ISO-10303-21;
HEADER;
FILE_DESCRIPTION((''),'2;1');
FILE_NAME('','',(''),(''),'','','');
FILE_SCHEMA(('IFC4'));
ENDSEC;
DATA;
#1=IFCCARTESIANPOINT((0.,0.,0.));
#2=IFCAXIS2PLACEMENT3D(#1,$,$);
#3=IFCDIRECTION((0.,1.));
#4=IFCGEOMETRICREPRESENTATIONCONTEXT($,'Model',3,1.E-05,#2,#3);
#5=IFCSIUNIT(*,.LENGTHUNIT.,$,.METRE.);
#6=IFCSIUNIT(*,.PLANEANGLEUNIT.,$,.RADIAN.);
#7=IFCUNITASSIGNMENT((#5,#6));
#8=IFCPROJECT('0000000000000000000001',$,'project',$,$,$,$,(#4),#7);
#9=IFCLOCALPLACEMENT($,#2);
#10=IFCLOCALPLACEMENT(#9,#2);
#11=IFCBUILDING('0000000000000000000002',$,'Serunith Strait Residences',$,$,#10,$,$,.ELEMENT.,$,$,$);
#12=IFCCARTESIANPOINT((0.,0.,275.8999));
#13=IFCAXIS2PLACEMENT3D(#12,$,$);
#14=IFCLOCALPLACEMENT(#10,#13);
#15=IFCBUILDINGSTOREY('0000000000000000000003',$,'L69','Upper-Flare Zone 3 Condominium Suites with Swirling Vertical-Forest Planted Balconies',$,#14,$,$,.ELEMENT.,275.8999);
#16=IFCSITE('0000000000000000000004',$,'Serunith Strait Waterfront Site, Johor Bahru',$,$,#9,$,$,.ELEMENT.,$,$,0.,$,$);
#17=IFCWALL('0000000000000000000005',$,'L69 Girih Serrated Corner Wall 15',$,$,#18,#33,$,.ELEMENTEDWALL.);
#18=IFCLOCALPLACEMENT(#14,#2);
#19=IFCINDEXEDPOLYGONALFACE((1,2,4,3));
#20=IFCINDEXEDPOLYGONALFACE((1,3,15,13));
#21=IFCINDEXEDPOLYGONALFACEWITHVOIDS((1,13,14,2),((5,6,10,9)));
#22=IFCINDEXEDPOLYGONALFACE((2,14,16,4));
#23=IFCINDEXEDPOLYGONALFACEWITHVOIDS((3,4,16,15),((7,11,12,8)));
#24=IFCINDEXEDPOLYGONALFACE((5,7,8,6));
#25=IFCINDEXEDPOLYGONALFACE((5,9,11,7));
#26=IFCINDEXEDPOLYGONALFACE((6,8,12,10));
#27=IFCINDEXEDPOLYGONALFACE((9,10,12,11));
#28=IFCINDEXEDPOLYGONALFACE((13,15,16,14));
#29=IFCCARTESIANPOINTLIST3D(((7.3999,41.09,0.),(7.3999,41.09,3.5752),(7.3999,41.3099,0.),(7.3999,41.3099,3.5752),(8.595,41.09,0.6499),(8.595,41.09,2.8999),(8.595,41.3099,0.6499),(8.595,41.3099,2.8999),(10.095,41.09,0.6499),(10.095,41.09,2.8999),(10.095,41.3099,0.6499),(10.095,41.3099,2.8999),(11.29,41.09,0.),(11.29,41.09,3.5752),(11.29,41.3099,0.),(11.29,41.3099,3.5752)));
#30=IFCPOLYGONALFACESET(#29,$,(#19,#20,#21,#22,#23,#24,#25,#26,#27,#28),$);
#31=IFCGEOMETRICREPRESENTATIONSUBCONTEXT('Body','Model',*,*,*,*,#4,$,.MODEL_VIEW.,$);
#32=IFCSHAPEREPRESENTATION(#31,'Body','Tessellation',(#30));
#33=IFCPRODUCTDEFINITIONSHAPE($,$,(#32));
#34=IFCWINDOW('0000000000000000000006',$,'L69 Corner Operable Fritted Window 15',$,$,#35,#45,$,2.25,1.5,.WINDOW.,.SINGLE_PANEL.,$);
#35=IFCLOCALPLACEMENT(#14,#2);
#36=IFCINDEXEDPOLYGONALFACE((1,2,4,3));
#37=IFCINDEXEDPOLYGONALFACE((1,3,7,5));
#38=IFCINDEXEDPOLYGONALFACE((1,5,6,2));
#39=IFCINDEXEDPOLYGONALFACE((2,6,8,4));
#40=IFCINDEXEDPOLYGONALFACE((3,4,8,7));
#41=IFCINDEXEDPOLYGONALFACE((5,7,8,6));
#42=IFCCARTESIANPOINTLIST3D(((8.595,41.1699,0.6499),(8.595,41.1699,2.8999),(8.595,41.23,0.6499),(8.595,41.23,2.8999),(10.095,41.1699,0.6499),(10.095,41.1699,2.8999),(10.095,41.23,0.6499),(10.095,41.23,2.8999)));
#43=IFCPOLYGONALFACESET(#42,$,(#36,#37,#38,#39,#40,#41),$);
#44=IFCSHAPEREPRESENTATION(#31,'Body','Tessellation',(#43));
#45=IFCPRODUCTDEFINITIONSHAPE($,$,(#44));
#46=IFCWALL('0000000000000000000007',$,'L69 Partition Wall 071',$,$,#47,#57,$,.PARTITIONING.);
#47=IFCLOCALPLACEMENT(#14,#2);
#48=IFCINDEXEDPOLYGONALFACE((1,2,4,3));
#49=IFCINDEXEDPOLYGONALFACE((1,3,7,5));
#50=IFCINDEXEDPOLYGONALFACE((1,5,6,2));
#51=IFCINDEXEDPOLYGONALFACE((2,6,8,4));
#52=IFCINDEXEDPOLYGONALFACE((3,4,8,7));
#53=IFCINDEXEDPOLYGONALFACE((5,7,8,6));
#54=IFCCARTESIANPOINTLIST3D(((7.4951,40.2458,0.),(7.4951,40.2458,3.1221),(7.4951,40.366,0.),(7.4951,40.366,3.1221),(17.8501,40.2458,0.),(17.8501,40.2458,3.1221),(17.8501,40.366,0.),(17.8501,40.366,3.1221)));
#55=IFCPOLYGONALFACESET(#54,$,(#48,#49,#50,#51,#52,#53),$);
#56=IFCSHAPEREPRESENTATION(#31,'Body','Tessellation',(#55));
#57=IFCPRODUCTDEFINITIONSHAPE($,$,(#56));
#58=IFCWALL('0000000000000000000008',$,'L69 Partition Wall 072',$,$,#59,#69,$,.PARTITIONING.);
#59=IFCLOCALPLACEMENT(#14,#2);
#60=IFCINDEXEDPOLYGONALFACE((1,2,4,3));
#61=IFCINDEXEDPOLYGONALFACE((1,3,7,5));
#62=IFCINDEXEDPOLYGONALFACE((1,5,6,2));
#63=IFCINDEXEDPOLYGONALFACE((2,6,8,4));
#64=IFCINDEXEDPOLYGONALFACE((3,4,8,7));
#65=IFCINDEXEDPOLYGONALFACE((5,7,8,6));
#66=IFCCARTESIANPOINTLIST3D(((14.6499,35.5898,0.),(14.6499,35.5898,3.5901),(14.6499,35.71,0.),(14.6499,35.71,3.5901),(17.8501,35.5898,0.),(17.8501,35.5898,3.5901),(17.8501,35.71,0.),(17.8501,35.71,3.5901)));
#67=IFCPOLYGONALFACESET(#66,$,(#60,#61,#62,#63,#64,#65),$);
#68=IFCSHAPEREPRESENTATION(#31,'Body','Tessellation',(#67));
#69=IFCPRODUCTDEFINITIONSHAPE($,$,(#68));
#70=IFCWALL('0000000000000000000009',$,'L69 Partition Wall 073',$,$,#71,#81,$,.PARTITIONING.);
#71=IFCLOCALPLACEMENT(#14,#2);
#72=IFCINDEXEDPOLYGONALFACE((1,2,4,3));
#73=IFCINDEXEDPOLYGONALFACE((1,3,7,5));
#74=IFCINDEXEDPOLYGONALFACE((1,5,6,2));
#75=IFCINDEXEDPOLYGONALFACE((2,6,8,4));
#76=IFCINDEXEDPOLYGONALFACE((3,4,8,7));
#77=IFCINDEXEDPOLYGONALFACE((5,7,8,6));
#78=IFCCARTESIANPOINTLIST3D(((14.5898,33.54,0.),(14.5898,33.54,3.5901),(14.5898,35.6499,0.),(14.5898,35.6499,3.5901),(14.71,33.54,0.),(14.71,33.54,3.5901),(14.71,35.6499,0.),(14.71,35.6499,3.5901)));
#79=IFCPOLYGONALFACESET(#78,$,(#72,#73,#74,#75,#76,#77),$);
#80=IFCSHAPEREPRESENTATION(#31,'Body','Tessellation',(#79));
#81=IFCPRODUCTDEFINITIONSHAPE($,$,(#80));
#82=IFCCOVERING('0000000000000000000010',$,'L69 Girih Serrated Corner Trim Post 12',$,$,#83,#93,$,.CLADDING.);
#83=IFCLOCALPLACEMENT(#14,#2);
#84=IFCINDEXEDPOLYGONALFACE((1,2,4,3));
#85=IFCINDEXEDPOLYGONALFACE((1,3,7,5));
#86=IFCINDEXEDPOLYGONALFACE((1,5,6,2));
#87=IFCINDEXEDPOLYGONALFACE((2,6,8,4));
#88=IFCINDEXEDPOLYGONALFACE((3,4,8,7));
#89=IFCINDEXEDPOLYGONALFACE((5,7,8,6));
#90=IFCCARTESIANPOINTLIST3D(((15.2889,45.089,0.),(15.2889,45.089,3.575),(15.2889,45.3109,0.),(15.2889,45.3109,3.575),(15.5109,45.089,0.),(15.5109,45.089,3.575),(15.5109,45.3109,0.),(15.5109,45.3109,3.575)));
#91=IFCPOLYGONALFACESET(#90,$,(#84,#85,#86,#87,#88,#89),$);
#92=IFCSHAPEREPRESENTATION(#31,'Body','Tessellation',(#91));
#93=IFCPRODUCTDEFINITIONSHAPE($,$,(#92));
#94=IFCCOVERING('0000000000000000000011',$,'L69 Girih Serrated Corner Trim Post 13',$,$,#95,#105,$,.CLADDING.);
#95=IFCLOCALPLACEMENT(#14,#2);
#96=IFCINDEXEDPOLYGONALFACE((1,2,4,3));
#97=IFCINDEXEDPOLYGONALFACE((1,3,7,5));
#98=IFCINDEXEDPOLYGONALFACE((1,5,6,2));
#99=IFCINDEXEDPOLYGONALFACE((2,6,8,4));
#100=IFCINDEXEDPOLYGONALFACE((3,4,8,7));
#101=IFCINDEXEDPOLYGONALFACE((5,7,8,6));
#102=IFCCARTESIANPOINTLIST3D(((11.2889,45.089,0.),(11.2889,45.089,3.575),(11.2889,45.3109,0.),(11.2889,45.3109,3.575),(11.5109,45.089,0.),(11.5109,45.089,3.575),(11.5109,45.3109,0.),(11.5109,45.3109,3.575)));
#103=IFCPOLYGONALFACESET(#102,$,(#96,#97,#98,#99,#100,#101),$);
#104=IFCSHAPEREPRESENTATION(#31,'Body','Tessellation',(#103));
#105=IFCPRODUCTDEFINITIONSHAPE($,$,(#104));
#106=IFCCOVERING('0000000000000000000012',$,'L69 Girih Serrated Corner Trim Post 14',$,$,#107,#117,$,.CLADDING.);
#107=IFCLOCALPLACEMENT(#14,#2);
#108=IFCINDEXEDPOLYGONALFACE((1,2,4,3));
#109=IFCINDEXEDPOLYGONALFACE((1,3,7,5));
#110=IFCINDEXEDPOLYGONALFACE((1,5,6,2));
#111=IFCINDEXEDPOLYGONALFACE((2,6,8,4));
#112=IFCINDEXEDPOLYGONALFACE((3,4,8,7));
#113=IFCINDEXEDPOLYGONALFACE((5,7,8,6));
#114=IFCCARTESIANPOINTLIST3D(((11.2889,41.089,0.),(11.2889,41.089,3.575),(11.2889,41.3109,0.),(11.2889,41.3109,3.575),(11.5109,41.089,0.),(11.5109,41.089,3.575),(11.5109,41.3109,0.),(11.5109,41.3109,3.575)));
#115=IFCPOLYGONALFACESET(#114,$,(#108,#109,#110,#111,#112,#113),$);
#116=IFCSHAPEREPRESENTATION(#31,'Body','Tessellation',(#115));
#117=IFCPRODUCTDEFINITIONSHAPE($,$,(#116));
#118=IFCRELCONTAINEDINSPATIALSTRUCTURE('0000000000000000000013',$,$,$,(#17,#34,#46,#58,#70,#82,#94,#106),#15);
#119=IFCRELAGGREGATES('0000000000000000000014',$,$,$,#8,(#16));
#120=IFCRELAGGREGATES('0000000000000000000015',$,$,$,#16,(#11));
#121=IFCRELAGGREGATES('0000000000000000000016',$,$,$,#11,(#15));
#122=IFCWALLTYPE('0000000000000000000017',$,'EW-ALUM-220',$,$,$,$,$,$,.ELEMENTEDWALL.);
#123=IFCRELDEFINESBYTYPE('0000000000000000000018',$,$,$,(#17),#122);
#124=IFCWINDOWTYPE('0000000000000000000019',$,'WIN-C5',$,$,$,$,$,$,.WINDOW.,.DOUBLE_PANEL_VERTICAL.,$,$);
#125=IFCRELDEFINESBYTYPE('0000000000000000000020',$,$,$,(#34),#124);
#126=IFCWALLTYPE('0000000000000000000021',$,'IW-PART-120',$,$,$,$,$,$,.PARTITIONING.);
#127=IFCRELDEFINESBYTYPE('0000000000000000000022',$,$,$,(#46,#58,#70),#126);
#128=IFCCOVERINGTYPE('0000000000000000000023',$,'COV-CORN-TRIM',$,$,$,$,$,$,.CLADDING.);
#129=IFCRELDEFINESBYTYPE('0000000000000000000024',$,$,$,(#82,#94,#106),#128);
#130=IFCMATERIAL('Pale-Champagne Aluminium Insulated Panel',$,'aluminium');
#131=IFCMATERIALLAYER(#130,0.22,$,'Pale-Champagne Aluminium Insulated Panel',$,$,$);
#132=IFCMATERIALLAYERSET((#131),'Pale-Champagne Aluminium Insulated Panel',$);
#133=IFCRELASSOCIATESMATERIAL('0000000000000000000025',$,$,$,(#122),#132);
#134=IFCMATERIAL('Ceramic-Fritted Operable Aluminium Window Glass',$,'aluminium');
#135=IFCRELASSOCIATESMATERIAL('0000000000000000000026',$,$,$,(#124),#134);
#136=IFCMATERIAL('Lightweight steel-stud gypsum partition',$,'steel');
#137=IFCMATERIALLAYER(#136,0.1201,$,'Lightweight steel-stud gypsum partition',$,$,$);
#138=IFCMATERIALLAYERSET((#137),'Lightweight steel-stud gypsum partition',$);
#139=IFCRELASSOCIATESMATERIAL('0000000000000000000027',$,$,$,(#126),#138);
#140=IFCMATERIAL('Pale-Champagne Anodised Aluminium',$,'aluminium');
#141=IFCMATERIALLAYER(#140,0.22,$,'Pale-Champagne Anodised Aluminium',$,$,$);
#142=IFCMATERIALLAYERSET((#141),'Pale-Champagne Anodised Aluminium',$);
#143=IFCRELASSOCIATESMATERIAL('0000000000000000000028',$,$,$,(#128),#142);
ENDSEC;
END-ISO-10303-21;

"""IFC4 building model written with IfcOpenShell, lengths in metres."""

from ifc_helpers import new_model, si_unit, direction, frame, frame_2d, origin, origin_2d, place, context, subcontext, project, spatial, rectangle, extrude, source, transform, mapped, material, layer, layer_set, type_object, element, fill, save


model = new_model("IFC4")

# Units and contexts
model_context = context("Model", 3, precision=1e-05, world=origin(), true_north=direction((0.0, 1.0)))
body_context = subcontext(model_context, "Body", "Model", "MODEL_VIEW")
ifc_project = project(units=[si_unit("LENGTHUNIT", "METRE"), si_unit("PLANEANGLEUNIT", "RADIAN")], contexts=[model_context])

# Site, building, storey
site_placement = place(None, origin())
site = spatial("IfcSite", under=ifc_project, at=site_placement, Name="Serunith Strait Waterfront Site, Johor Bahru", CompositionType="ELEMENT", RefElevation=0.0)
building_placement = place(site_placement, origin())
building = spatial("IfcBuilding", under=site, at=building_placement, Name="Serunith Strait Residences", CompositionType="ELEMENT")
storey_placement = place(building_placement, frame((0.0, 0.0, 275.8999)))
storey = spatial("IfcBuildingStorey", under=building, at=storey_placement, Name="L69", Description="Upper-Flare Zone 3 Condominium Suites with Swirling Vertical-Forest Planted Balconies", CompositionType="ELEMENT", Elevation=275.8999)

# Shared definitions
ifc_material_1 = material(Name="Pale-Champagne Anodised Aluminium", Category="aluminium")

# Wall, opening, window
ifc_material_2 = material(Name="Pale-Champagne Aluminium Insulated Panel", Category="aluminium")
ifc_layer_1 = layer(ifc_material_2, 0.22, Name="Pale-Champagne Aluminium Insulated Panel")
ifc_layer_set_1 = layer_set([ifc_layer_1], Name="Pale-Champagne Aluminium Insulated Panel")
wall_type_1 = type_object("IfcWallType", Name="EW-ALUM-220", PredefinedType="ELEMENTEDWALL", material=ifc_layer_set_1)
ifc_material_3 = material(Name="Ceramic-Fritted Operable Aluminium Window Glass", Category="aluminium")
window_type = type_object("IfcWindowType", Name="WIN-C5", PartitioningType="DOUBLE_PANEL_VERTICAL", PredefinedType="WINDOW", material=ifc_material_3)
shared_shape_1 = source(origin(), body_context, "Body", "SweptSolid", [
    extrude(rectangle(XDim=1.5, YDim=2.25, at=frame_2d((0.75, 1.125))), frame((0.0, 0.03, 0.0), z_axis=(0.0, -1.0, 0.0), x_axis=(1.0, 0.0, 0.0)), (0.0, 0.0, 1.0), 0.0601),
])
wall_1_placement = place(storey_placement, frame((11.29, 41.2, 0.0), z_axis=(0.0, 0.0, 1.0), x_axis=(-1.0, 0.0, 0.0)))
wall_1 = element("IfcWall", 1, at=wall_1_placement, inside=storey, type_object=wall_type_1, Name="L69 Girih Serrated Corner Wall 15", PredefinedType="ELEMENTEDWALL", context=body_context, shape_type="SweptSolid", body=[
    extrude(rectangle(XDim=3.8901, YDim=0.22, at=frame_2d((1.9451, 0.0))), origin(), (0.0, 0.0, 1.0), 3.5752),
])
opening_1_placement = place(wall_1_placement, frame((1.1951, 0.0, 0.6499)))
opening_1 = element("IfcOpeningElement", 2, at=opening_1_placement, cuts=wall_1, PredefinedType="OPENING", context=body_context, shape_type="SweptSolid", body=[
    extrude(rectangle(XDim=1.5, YDim=2.25, at=frame_2d((0.75, 1.125))), frame((0.0, 0.1201, 0.0), z_axis=(0.0, -1.0, 0.0), x_axis=(1.0, 0.0, 0.0)), (0.0, 0.0, 1.0), 0.24),
])
window_1_placement = place(opening_1_placement, origin())
window_1 = element("IfcWindow", 3, at=window_1_placement, inside=storey, type_object=window_type, Name="L69 Corner Operable Fritted Window 15", OverallHeight=2.25, OverallWidth=1.5, PartitioningType="SINGLE_PANEL", PredefinedType="WINDOW", context=body_context, shape_type="MappedRepresentation", body=[
    mapped(shared_shape_1, transform((0.0, 0.0, 0.0), scale=1.0)),
])
fill(opening_1, window_1)

# Walls
ifc_material_4 = material(Name="Lightweight steel-stud gypsum partition", Category="steel")
ifc_layer_2 = layer(ifc_material_4, 0.1201, Name="Lightweight steel-stud gypsum partition")
ifc_layer_set_2 = layer_set([ifc_layer_2], Name="Lightweight steel-stud gypsum partition")
wall_type_2 = type_object("IfcWallType", Name="IW-PART-120", PredefinedType="PARTITIONING", material=ifc_layer_set_2)
wall_2_placement = place(storey_placement, frame((7.4951, 40.3059, 0.0), z_axis=(0.0, 0.0, 1.0), x_axis=(1.0, 0.0, 0.0)))
element("IfcWall", 4, at=wall_2_placement, inside=storey, type_object=wall_type_2, Name="L69 Partition Wall 071", PredefinedType="PARTITIONING", context=body_context, shape_type="SweptSolid", body=[
    extrude(rectangle(XDim=10.355, YDim=0.1201, at=frame_2d((5.1775, 0.0))), origin(), (0.0, 0.0, 1.0), 3.1221),
])
wall_3_placement = place(storey_placement, frame((14.6499, 35.6499, 0.0), z_axis=(0.0, 0.0, 1.0), x_axis=(1.0, 0.0, 0.0)))
element("IfcWall", 5, at=wall_3_placement, inside=storey, type_object=wall_type_2, Name="L69 Partition Wall 072", PredefinedType="PARTITIONING", context=body_context, shape_type="SweptSolid", body=[
    extrude(rectangle(XDim=3.2002, YDim=0.1201, at=frame_2d((1.6001, 0.0))), origin(), (0.0, 0.0, 1.0), 3.5901),
])
wall_4_placement = place(storey_placement, frame((14.6499, 35.6499, 0.0), z_axis=(0.0, 0.0, 1.0), x_axis=(0.0, -1.0, 0.0)))
element("IfcWall", 6, at=wall_4_placement, inside=storey, type_object=wall_type_2, Name="L69 Partition Wall 073", PredefinedType="PARTITIONING", context=body_context, shape_type="SweptSolid", body=[
    extrude(rectangle(XDim=2.1099, YDim=0.1201, at=frame_2d((1.0549, 0.0))), origin(), (0.0, 0.0, 1.0), 3.5901),
])

# Coverings
ifc_layer_3 = layer(ifc_material_1, 0.22, Name="Pale-Champagne Anodised Aluminium")
ifc_layer_set_3 = layer_set([ifc_layer_3], Name="Pale-Champagne Anodised Aluminium")
covering_type = type_object("IfcCoveringType", Name="COV-CORN-TRIM", PredefinedType="CLADDING", material=ifc_layer_set_3)
shared_shape_2 = source(origin(), body_context, "Body", "SweptSolid", [
    extrude(rectangle(XDim=0.2219, YDim=0.2219, at=origin_2d()), origin(), (0.0, 0.0, 1.0), 3.575),
])
for number, where, z_axis, x_axis, name in (
    (7, (15.3999, 45.2, 0.0), (0.0, 0.0, 1.0), (1.0, 0.0, 0.0), "L69 Girih Serrated Corner Trim Post 12"),
    (8, (11.3999, 45.2, 0.0), (0.0, 0.0, 1.0), (1.0, 0.0, 0.0), "L69 Girih Serrated Corner Trim Post 13"),
    (9, (11.3999, 41.2, 0.0), (0.0, 0.0, 1.0), (1.0, 0.0, 0.0), "L69 Girih Serrated Corner Trim Post 14"),
):
    element("IfcCovering", number, at=place(storey_placement, frame(where, z_axis=z_axis, x_axis=x_axis)), inside=storey, type_object=covering_type, Name=name, PredefinedType="CLADDING", context=body_context, shape_type="MappedRepresentation", body=[
        mapped(shared_shape_2, transform((0.0, 0.0, 0.0), scale=1.0)),
    ])

save(model, "model.ifc")
